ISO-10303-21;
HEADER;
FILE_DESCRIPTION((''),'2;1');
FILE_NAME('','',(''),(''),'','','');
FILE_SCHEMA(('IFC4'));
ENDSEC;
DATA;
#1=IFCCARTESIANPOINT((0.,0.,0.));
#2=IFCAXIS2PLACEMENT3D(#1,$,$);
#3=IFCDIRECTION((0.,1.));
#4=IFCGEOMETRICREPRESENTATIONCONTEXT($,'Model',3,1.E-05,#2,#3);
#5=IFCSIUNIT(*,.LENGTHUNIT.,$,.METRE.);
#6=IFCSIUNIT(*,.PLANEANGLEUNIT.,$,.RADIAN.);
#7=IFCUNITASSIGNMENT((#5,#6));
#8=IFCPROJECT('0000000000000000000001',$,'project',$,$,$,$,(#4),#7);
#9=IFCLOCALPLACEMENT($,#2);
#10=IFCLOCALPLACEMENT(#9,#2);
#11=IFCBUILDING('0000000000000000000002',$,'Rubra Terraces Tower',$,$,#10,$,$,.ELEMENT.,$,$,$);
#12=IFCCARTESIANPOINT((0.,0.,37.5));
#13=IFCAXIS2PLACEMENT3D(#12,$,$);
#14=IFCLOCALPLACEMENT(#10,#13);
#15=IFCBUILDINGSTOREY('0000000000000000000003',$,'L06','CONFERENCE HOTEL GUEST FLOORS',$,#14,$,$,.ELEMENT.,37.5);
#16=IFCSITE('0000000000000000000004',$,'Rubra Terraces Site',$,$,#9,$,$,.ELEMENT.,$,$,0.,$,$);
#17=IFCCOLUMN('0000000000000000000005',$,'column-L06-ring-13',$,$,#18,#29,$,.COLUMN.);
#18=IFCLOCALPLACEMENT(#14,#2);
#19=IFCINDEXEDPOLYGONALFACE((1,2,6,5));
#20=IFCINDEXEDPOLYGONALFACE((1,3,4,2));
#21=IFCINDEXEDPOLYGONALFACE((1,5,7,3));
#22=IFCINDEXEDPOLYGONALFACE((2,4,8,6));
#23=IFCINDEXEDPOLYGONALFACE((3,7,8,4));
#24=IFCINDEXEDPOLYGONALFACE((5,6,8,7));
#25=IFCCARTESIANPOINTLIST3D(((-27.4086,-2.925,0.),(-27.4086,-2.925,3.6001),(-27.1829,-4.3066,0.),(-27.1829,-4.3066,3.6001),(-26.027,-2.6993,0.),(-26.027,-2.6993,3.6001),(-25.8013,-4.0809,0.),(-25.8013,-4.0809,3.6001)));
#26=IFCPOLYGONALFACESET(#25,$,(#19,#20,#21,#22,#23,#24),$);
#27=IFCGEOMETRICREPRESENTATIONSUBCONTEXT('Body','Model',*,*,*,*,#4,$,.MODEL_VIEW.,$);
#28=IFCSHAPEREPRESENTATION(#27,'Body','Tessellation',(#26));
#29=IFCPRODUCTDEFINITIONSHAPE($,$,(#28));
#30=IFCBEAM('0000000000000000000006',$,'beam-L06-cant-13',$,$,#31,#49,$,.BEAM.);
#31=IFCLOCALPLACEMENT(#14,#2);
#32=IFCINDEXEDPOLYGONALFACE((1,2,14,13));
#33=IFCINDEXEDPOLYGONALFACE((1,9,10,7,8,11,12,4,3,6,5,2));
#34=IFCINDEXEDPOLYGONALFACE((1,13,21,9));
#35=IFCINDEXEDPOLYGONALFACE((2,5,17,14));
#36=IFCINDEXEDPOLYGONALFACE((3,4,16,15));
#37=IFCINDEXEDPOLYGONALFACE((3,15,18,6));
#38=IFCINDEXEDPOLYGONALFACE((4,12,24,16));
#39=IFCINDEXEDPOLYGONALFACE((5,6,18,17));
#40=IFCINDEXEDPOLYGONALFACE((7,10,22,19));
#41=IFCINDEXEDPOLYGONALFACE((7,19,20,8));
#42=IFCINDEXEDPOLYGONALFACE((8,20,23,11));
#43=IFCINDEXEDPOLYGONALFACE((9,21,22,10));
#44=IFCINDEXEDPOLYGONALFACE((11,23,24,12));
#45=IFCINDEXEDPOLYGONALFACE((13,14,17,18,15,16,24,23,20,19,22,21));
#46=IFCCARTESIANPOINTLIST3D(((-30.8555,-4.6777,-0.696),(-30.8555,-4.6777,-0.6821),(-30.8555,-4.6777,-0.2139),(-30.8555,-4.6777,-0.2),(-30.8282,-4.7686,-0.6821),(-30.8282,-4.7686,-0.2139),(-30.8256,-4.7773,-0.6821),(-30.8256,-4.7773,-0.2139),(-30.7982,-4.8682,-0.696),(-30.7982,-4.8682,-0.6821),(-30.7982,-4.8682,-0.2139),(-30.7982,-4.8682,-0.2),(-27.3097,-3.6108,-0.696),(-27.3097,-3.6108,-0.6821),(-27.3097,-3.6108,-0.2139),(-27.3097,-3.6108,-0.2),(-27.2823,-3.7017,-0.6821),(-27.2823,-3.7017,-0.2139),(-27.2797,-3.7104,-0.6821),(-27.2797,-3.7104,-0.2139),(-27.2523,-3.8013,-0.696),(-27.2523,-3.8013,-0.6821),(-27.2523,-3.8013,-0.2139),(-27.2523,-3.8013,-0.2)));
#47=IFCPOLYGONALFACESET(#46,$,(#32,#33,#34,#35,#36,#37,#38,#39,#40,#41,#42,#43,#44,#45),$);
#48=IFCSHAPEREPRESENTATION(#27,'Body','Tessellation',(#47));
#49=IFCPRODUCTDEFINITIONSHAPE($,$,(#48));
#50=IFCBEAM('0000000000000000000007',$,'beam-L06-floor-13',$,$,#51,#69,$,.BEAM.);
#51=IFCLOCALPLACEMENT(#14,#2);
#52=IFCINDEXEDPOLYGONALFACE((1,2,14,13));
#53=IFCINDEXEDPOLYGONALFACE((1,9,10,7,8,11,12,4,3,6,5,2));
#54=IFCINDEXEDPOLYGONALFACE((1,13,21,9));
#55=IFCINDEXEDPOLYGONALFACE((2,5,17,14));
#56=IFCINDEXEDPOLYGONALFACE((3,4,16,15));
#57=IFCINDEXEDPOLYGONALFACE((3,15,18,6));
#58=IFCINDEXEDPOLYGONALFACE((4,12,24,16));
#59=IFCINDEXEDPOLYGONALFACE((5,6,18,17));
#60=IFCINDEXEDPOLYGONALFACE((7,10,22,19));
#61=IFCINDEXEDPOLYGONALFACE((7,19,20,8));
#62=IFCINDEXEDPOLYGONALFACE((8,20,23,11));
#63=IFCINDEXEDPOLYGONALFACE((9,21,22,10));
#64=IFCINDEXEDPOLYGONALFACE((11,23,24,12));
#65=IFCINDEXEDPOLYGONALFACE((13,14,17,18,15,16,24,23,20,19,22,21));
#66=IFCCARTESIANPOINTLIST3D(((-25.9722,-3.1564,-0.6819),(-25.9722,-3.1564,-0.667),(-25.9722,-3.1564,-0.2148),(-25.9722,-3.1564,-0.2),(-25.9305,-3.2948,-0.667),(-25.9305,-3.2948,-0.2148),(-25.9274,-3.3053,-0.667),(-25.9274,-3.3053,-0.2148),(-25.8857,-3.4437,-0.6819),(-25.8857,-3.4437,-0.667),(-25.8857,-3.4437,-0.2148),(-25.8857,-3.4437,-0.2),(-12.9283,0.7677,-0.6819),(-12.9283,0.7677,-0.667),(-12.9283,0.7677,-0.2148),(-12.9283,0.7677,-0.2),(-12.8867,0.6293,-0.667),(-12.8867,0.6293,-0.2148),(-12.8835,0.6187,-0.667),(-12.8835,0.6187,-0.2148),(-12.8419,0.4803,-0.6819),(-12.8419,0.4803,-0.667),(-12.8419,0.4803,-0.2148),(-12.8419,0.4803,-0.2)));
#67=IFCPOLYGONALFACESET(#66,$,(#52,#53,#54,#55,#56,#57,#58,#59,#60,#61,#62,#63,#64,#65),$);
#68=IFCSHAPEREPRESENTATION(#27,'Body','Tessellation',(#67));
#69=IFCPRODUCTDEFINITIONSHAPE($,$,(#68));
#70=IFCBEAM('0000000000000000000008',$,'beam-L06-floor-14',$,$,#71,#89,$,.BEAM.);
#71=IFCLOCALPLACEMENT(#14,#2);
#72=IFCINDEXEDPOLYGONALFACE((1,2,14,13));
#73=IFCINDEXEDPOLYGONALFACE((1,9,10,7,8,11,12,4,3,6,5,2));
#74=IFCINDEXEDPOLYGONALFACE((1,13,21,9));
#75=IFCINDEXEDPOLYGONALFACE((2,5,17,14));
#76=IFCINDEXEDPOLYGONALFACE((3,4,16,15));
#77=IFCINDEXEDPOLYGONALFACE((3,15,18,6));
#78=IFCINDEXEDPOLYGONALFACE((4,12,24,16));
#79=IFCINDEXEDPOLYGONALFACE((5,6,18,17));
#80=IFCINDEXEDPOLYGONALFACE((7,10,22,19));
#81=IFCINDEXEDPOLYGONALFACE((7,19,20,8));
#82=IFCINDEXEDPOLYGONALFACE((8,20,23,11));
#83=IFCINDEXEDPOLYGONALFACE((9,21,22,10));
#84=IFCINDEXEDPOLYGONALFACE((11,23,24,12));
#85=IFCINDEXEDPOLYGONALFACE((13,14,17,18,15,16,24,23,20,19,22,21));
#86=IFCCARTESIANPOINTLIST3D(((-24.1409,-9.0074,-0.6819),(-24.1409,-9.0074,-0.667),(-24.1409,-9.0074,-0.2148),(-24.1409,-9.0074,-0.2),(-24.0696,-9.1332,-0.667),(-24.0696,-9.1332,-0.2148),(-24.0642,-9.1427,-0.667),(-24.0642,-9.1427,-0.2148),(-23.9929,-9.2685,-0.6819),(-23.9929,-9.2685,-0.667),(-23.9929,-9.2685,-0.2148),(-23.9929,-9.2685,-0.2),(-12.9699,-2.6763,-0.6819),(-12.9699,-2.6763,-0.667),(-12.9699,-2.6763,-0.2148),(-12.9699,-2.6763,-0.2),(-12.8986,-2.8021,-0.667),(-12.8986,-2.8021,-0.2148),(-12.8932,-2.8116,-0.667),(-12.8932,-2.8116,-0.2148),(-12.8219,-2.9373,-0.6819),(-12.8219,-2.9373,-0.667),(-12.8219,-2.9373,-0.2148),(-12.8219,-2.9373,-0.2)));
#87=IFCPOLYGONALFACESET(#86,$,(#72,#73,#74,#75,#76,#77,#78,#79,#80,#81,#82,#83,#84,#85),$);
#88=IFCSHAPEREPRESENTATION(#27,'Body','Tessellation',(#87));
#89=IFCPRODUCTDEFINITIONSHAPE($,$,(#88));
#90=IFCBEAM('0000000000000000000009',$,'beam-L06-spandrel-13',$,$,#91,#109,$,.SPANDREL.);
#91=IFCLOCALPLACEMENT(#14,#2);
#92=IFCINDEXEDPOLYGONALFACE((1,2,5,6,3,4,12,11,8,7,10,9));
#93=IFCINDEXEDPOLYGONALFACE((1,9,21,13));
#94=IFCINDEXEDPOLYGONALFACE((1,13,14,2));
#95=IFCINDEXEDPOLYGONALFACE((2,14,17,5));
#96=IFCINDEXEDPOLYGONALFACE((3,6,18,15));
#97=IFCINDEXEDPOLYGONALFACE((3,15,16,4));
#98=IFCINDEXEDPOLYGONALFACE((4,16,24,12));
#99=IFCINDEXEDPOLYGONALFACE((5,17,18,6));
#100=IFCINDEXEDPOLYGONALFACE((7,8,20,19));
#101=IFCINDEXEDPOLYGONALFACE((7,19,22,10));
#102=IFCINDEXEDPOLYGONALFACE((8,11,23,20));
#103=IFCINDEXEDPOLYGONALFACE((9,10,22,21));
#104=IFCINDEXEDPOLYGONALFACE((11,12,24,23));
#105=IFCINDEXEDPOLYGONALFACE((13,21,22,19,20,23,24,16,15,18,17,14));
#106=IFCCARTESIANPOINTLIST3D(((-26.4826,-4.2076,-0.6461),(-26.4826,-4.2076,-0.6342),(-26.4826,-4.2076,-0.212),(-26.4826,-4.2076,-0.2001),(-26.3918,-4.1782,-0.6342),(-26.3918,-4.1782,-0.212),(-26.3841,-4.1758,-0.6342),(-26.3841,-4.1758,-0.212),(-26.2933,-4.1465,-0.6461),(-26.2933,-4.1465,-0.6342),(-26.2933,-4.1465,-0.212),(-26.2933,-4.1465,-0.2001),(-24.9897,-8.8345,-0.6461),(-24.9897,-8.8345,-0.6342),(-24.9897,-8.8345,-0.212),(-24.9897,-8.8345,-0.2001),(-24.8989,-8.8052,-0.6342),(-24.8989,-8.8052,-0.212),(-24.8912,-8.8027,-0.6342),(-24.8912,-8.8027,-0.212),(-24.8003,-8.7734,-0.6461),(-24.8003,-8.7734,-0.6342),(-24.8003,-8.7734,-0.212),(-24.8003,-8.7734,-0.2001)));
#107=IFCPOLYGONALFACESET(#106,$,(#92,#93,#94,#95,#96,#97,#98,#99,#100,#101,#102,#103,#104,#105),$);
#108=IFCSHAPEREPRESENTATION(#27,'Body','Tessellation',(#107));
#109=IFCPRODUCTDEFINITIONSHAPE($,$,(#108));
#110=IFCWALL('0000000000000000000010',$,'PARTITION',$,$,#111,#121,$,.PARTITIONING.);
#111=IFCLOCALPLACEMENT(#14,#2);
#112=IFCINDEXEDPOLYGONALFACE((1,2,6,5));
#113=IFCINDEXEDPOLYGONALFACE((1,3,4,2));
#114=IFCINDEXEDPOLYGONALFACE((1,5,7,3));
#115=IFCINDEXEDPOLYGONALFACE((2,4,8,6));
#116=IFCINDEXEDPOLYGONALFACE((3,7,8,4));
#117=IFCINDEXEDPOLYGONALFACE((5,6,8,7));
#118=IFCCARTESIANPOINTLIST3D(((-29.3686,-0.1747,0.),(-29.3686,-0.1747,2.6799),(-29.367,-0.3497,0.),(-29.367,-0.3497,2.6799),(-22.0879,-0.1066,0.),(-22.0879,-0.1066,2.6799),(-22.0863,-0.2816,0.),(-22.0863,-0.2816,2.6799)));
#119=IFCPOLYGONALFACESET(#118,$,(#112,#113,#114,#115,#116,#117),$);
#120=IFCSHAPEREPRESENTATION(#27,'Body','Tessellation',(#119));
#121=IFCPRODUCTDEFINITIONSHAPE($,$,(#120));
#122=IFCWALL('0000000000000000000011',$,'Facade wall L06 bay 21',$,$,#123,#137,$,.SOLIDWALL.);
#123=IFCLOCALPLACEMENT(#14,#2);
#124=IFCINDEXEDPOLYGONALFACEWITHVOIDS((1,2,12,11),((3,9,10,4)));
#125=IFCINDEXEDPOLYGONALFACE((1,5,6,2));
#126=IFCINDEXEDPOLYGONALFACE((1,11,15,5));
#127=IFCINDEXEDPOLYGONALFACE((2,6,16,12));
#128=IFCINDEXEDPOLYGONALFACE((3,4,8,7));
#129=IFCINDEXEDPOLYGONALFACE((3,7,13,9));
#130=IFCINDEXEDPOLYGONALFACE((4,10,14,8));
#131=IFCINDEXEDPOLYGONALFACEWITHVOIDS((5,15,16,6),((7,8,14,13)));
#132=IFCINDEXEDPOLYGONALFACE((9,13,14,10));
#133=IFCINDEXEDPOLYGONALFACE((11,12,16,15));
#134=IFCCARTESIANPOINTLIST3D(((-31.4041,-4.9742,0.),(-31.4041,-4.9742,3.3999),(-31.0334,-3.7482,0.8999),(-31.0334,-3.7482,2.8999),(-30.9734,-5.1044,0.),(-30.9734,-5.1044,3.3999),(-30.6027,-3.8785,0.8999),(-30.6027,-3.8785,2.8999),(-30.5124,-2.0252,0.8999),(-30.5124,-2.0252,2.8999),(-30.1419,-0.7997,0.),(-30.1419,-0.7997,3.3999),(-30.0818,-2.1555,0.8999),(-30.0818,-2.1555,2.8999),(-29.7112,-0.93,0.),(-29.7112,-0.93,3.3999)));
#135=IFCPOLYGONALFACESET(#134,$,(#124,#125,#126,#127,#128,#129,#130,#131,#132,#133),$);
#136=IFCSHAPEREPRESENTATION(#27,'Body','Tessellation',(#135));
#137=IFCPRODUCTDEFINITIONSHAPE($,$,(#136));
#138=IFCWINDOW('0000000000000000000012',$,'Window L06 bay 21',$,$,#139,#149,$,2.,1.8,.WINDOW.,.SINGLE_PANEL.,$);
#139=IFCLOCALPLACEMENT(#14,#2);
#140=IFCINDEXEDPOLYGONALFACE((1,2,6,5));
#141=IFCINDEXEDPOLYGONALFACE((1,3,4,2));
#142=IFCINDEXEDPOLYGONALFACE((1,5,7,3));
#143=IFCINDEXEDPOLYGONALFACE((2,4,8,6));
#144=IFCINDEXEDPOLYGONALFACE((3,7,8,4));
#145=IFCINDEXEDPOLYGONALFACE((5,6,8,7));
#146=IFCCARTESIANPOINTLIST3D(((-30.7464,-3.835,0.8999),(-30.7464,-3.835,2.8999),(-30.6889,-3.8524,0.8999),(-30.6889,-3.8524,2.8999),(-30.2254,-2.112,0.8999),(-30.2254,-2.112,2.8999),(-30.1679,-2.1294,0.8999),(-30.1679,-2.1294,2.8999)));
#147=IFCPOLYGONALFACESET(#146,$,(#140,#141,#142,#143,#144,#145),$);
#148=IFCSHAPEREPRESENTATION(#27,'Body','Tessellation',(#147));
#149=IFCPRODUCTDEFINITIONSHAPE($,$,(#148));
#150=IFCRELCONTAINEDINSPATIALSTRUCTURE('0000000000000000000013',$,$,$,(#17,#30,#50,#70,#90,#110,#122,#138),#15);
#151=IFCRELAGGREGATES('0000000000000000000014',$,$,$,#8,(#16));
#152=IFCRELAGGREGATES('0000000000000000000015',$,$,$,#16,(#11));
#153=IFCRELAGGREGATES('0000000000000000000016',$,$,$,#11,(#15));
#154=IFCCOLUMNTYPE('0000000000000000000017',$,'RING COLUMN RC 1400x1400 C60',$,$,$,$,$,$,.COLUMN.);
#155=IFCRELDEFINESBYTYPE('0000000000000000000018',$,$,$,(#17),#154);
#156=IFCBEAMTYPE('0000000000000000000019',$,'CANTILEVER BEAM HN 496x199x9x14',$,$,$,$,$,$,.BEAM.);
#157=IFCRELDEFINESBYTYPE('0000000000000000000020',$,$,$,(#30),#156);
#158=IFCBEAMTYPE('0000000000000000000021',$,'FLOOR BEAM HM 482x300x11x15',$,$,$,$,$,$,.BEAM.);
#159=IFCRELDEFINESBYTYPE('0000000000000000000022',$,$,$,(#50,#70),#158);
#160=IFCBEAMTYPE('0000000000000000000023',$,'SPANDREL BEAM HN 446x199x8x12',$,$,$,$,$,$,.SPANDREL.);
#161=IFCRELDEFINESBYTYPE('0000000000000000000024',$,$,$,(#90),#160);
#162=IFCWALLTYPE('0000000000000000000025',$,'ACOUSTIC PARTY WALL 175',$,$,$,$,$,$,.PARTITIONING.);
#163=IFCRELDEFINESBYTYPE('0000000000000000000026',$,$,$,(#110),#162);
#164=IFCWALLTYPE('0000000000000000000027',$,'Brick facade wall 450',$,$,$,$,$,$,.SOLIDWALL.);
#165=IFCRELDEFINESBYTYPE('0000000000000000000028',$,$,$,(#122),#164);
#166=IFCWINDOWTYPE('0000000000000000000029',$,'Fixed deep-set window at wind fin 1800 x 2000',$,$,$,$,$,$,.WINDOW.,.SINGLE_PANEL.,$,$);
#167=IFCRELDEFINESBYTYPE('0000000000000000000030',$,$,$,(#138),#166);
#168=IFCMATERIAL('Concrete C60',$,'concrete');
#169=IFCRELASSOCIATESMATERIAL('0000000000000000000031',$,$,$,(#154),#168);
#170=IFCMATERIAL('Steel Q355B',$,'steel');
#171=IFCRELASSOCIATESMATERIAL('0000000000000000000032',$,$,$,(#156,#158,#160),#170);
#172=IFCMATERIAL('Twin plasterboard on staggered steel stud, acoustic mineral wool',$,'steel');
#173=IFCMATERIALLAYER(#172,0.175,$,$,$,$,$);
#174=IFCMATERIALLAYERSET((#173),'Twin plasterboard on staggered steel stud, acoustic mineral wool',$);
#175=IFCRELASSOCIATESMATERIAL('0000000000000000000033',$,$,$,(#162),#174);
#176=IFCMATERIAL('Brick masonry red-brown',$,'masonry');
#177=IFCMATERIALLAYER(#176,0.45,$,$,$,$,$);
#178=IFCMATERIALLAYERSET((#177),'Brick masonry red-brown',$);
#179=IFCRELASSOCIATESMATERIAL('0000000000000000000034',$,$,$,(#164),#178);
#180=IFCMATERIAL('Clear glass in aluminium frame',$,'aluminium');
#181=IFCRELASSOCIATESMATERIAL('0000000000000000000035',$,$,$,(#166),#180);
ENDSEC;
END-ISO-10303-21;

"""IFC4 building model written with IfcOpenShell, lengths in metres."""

from ifc_helpers import new_model, si_unit, direction, frame, frame_2d, origin, origin_2d, place, context, subcontext, project, spatial, rectangle, i_section, extrude, material, layer, layer_set, material_profile, profile_set, type_object, element, fill, save


model = new_model("IFC4")

# Units and contexts
model_context = context("Model", 3, precision=1e-05, world=origin(), true_north=direction((0.0, 1.0)))
body_context = subcontext(model_context, "Body", "Model", "MODEL_VIEW")
ifc_project = project(units=[si_unit("LENGTHUNIT", "METRE"), si_unit("PLANEANGLEUNIT", "RADIAN")], contexts=[model_context])

# Site, building, storey
site_placement = place(None, origin())
site = spatial("IfcSite", under=ifc_project, at=site_placement, Name="Rubra Terraces Site", CompositionType="ELEMENT", RefElevation=0.0)
building_placement = place(site_placement, origin())
building = spatial("IfcBuilding", under=site, at=building_placement, Name="Rubra Terraces Tower", CompositionType="ELEMENT")
storey_placement = place(building_placement, frame((0.0, 0.0, 37.5)))
storey = spatial("IfcBuildingStorey", under=building, at=storey_placement, Name="L06", Description="CONFERENCE HOTEL GUEST FLOORS", CompositionType="ELEMENT", Elevation=37.5)

# Column
ifc_material_1 = material(Name="Concrete C60", Category="concrete")
ifc_material_profile_1 = material_profile(ifc_material_1, rectangle(XDim=1.3999, YDim=1.3999, at=origin_2d()), Name="RC 1400x1400")
ifc_profile_set_1 = profile_set([ifc_material_profile_1], Name="Concrete C60")
column_type = type_object("IfcColumnType", Name="RING COLUMN RC 1400x1400 C60", PredefinedType="COLUMN", material=ifc_profile_set_1)
column_placement = place(storey_placement, frame((-26.605, -3.5029, 0.0), z_axis=(0.0, 0.0, 1.0), x_axis=(0.161234, -0.986916, 0.0)))
element("IfcColumn", 1, at=column_placement, inside=storey, type_object=column_type, Name="column-L06-ring-13", PredefinedType="COLUMN", context=body_context, shape_type="SweptSolid", body=[
    extrude(rectangle(XDim=1.3999, YDim=1.3999, at=origin_2d()), origin(), (0.0, 0.0, 1.0), 3.6001),
])

# Beams
ifc_material_2 = material(Name="Steel Q355B", Category="steel")
ifc_material_profile_2 = material_profile(ifc_material_2, i_section(OverallWidth=0.199, OverallDepth=0.4961, WebThickness=0.009, FlangeThickness=0.0139, at=origin_2d()), Name="HN 496x199x9x14")
ifc_profile_set_2 = profile_set([ifc_material_profile_2], Name="Steel Q355B")
beam_type_1 = type_object("IfcBeamType", Name="CANTILEVER BEAM HN 496x199x9x14", PredefinedType="BEAM", material=ifc_profile_set_2)
beam_1_placement = place(storey_placement, frame((-27.281, -3.7061, -0.448), z_axis=(-0.957594, -0.288122, 0.0), x_axis=(0.288122, -0.957594, 0.0)))
element("IfcBeam", 2, at=beam_1_placement, inside=storey, type_object=beam_type_1, Name="beam-L06-cant-13", PredefinedType="BEAM", context=body_context, shape_type="SweptSolid", body=[
    extrude(i_section(OverallWidth=0.199, OverallDepth=0.4961, WebThickness=0.009, FlangeThickness=0.0139, at=origin_2d()), origin(), (0.0, 0.0, 1.0), 3.7029),
])
ifc_material_profile_3 = material_profile(ifc_material_2, i_section(OverallWidth=0.3, OverallDepth=0.4819, WebThickness=0.011, FlangeThickness=0.0149, at=origin_2d()), Name="HM 482x300x11x15")
ifc_profile_set_3 = profile_set([ifc_material_profile_3], Name="Steel Q355B")
beam_type_2 = type_object("IfcBeamType", Name="FLOOR BEAM HM 482x300x11x15", PredefinedType="BEAM", material=ifc_profile_set_3)
beam_2_placement = place(storey_placement, frame((-25.929, -3.3, -0.4409), z_axis=(0.957606, 0.288081, 0.0), x_axis=(-0.288081, 0.957606, 0.0)))
element("IfcBeam", 3, at=beam_2_placement, inside=storey, type_object=beam_type_2, Name="beam-L06-floor-13", PredefinedType="BEAM", context=body_context, shape_type="SweptSolid", body=[
    extrude(i_section(OverallWidth=0.3, OverallDepth=0.4819, WebThickness=0.011, FlangeThickness=0.0149, at=origin_2d()), origin(), (0.0, 0.0, 1.0), 13.6213),
])
beam_3_placement = place(storey_placement, frame((-24.0669, -9.1379, -0.4409), z_axis=(0.869993, 0.493064, 0.0), x_axis=(-0.493064, 0.869993, 0.0)))
element("IfcBeam", 4, at=beam_3_placement, inside=storey, type_object=beam_type_2, Name="beam-L06-floor-14", PredefinedType="BEAM", context=body_context, shape_type="SweptSolid", body=[
    extrude(i_section(OverallWidth=0.3, OverallDepth=0.4819, WebThickness=0.011, FlangeThickness=0.0149, at=origin_2d()), origin(), (0.0, 0.0, 1.0), 12.8403),
])
ifc_material_profile_4 = material_profile(ifc_material_2, i_section(OverallWidth=0.199, OverallDepth=0.446, WebThickness=0.0081, FlangeThickness=0.012, at=origin_2d()), Name="HN 446x199x8x12")
ifc_profile_set_4 = profile_set([ifc_material_profile_4], Name="Steel Q355B")
beam_type_3 = type_object("IfcBeamType", Name="SPANDREL BEAM HN 446x199x8x12", PredefinedType="SPANDREL", material=ifc_profile_set_4)
beam_4_placement = place(storey_placement, frame((-26.3879, -4.177, -0.4231), z_axis=(0.307069, -0.951687, 0.0), x_axis=(0.951687, 0.307069, 0.0)))
element("IfcBeam", 5, at=beam_4_placement, inside=storey, type_object=beam_type_3, Name="beam-L06-spandrel-13", PredefinedType="SPANDREL", context=body_context, shape_type="SweptSolid", body=[
    extrude(i_section(OverallWidth=0.199, OverallDepth=0.446, WebThickness=0.0081, FlangeThickness=0.012, at=origin_2d()), origin(), (0.0, 0.0, 1.0), 4.8618),
])

# Wall
ifc_material_3 = material(Name="Twin plasterboard on staggered steel stud, acoustic mineral wool", Category="steel")
ifc_layer_1 = layer(ifc_material_3, 0.175)
ifc_layer_set_1 = layer_set([ifc_layer_1], Name="Twin plasterboard on staggered steel stud, acoustic mineral wool")
wall_type_1 = type_object("IfcWallType", Name="ACOUSTIC PARTY WALL 175", PredefinedType="PARTITIONING", material=ifc_layer_set_1)
wall_1_placement = place(storey_placement, frame((-29.3679, -0.2622, 0.0), z_axis=(0.0, 0.0, 1.0), x_axis=(0.999956, 0.009355, 0.0)))
element("IfcWall", 6, at=wall_1_placement, inside=storey, type_object=wall_type_1, Name="PARTITION", PredefinedType="PARTITIONING", context=body_context, shape_type="SweptSolid", body=[
    extrude(rectangle(XDim=7.281, YDim=0.175, at=frame_2d((3.6406, 0.0))), origin(), (0.0, 0.0, 1.0), 2.6799),
])

# Wall, opening, window
ifc_material_4 = material(Name="Brick masonry red-brown", Category="masonry")
ifc_layer_2 = layer(ifc_material_4, 0.45)
ifc_layer_set_2 = layer_set([ifc_layer_2], Name="Brick masonry red-brown")
wall_type_2 = type_object("IfcWallType", Name="Brick facade wall 450", PredefinedType="SOLIDWALL", material=ifc_layer_set_2)
wall_2_placement = place(storey_placement, frame((-29.9265, -0.8647, 0.0), z_axis=(0.0, 0.0, 1.0), x_axis=(-0.289432, -0.957198, 0.0)))
wall_2 = element("IfcWall", 7, at=wall_2_placement, inside=storey, type_object=wall_type_2, Name="Facade wall L06 bay 21", PredefinedType="SOLIDWALL", context=body_context, shape_type="SweptSolid", body=[
    extrude(rectangle(XDim=4.3611, YDim=0.45, at=frame_2d((2.1807, 0.0))), origin(), (0.0, 0.0, 1.0), 3.3999),
])
opening_1_placement = place(wall_2_placement, frame((1.2805, 0.0, 0.8999)))
opening_1 = element("IfcOpeningElement", 8, at=opening_1_placement, cuts=wall_2, PredefinedType="OPENING", context=body_context, shape_type="SweptSolid", body=[
    extrude(rectangle(XDim=1.8, YDim=2.0, at=frame_2d((0.8999, 1.0))), frame((0.0, 0.2349, 0.0), z_axis=(0.0, -1.0, 0.0), x_axis=(1.0, 0.0, 0.0)), (0.0, 0.0, 1.0), 0.47),
])
ifc_material_5 = material(Name="Clear glass in aluminium frame", Category="aluminium")
window_type_1 = type_object("IfcWindowType", Name="Fixed deep-set window at wind fin 1800 x 2000", PartitioningType="SINGLE_PANEL", PredefinedType="WINDOW", material=ifc_material_5)
window_1_placement = place(opening_1_placement, origin())
window_1 = element("IfcWindow", 9, at=window_1_placement, inside=storey, type_object=window_type_1, Name="Window L06 bay 21", OverallHeight=2.0, OverallWidth=1.8, PartitioningType="SINGLE_PANEL", PredefinedType="WINDOW", context=body_context, shape_type="SweptSolid", body=[
    extrude(rectangle(XDim=1.8, YDim=2.0, at=frame_2d((0.8999, 1.0))), frame((0.0, 0.135, 0.0), z_axis=(0.0, -1.0, 0.0), x_axis=(1.0, 0.0, 0.0)), (0.0, 0.0, 1.0), 0.0601),
])
fill(opening_1, window_1)

save(model, "model.ifc")
